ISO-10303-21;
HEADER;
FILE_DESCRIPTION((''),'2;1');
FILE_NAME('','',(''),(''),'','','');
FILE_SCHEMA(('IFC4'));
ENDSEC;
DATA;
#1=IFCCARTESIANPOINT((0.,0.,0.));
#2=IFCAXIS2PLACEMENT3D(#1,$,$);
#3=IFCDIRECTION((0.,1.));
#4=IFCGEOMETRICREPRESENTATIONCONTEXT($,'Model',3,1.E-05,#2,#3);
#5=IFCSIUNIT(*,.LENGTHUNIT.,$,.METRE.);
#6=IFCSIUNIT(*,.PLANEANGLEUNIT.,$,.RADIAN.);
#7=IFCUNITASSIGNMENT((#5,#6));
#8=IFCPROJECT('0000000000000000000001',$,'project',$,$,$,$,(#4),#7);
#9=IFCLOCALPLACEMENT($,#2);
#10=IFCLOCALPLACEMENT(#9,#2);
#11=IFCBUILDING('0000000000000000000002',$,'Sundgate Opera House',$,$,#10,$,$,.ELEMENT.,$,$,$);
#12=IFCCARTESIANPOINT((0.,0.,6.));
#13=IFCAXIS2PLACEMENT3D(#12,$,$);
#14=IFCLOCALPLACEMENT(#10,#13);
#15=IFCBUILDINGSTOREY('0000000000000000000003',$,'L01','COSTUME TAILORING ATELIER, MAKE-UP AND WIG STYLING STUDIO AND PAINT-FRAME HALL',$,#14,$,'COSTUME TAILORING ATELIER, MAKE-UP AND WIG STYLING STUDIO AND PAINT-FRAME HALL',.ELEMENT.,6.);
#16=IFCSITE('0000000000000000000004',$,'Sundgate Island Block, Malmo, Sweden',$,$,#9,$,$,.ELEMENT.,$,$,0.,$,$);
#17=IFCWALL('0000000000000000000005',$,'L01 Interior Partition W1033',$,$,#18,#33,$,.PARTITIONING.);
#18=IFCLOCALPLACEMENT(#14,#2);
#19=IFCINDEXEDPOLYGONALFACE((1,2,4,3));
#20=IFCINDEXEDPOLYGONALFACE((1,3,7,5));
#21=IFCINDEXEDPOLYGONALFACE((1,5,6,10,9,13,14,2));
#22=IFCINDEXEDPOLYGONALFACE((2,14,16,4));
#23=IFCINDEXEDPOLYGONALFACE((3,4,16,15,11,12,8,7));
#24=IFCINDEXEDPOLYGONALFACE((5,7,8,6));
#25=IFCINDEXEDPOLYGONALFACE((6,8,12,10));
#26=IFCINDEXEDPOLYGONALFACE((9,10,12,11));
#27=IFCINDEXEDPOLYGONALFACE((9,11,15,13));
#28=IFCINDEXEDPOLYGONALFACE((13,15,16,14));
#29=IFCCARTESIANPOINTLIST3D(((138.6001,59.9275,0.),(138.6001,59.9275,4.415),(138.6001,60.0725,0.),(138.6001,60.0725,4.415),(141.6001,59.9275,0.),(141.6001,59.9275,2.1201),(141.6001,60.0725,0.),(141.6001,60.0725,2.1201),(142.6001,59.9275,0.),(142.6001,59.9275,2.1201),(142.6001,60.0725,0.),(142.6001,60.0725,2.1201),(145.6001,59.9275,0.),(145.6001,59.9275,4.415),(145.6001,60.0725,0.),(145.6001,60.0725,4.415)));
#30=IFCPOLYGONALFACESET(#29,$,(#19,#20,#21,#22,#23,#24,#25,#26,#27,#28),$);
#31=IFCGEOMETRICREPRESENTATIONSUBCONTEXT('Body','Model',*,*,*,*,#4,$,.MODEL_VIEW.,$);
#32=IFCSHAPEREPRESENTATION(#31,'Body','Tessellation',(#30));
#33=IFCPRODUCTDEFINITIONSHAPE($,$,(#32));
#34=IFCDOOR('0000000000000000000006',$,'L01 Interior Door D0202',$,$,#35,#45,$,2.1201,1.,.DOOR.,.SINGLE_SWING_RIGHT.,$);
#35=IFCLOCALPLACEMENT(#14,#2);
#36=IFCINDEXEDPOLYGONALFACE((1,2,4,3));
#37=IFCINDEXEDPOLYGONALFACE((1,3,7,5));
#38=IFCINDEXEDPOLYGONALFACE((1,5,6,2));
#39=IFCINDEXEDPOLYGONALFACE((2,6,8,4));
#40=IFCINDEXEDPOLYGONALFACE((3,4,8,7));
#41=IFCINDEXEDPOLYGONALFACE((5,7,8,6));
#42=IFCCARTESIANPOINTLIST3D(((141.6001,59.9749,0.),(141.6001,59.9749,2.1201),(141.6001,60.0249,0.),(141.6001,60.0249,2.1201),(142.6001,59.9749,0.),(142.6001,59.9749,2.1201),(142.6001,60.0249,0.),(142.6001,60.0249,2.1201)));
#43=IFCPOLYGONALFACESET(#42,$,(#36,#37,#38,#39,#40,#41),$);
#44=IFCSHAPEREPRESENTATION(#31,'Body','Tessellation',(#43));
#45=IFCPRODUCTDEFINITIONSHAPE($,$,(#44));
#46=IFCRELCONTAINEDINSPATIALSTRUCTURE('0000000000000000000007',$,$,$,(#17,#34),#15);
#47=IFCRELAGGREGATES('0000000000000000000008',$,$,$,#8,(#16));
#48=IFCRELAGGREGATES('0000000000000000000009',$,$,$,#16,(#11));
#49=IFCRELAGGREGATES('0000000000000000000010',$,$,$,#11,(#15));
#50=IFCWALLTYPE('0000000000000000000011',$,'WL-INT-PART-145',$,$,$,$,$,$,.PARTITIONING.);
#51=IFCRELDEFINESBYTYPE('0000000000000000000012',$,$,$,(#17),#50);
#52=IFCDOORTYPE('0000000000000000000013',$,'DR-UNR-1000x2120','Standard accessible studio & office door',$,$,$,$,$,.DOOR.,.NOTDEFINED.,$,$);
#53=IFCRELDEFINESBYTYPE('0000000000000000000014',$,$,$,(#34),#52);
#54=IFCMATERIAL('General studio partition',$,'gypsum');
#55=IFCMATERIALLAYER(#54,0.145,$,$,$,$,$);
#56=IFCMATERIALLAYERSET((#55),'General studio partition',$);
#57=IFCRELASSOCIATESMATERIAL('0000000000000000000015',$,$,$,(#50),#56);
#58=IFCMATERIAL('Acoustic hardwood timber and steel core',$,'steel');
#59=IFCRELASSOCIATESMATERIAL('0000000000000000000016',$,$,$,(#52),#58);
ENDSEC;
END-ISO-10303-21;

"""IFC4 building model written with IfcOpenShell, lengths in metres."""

from ifc_helpers import new_model, si_unit, direction, frame, frame_2d, origin, place, context, subcontext, project, spatial, rectangle, extrude, material, layer, layer_set, type_object, element, fill, save


model = new_model("IFC4")

# Units and contexts
model_context = context("Model", 3, precision=1e-05, world=origin(), true_north=direction((0.0, 1.0)))
body_context = subcontext(model_context, "Body", "Model", "MODEL_VIEW")
ifc_project = project(units=[si_unit("LENGTHUNIT", "METRE"), si_unit("PLANEANGLEUNIT", "RADIAN")], contexts=[model_context])

# Site, building, storey
site_placement = place(None, origin())
site = spatial("IfcSite", under=ifc_project, at=site_placement, Name="Sundgate Island Block, Malmo, Sweden", CompositionType="ELEMENT", RefElevation=0.0)
building_placement = place(site_placement, origin())
building = spatial("IfcBuilding", under=site, at=building_placement, Name="Sundgate Opera House", CompositionType="ELEMENT")
storey_placement = place(building_placement, frame((0.0, 0.0, 6.0)))
storey = spatial("IfcBuildingStorey", under=building, at=storey_placement, Name="L01", Description="COSTUME TAILORING ATELIER, MAKE-UP AND WIG STYLING STUDIO AND PAINT-FRAME HALL", LongName="COSTUME TAILORING ATELIER, MAKE-UP AND WIG STYLING STUDIO AND PAINT-FRAME HALL", CompositionType="ELEMENT", Elevation=6.0)

# Wall, opening, door
ifc_material_1 = material(Name="General studio partition", Category="gypsum")
ifc_layer_1 = layer(ifc_material_1, 0.145)
ifc_layer_set_1 = layer_set([ifc_layer_1], Name="General studio partition")
wall_type = type_object("IfcWallType", Name="WL-INT-PART-145", PredefinedType="PARTITIONING", material=ifc_layer_set_1)
wall_placement = place(storey_placement, frame((138.6001, 60.0, 0.0), z_axis=(0.0, 0.0, 1.0), x_axis=(1.0, 0.0, 0.0)))
wall = element("IfcWall", 1, at=wall_placement, inside=storey, type_object=wall_type, Name="L01 Interior Partition W1033", PredefinedType="PARTITIONING", context=body_context, shape_type="SweptSolid", body=[
    extrude(rectangle(XDim=7.0, YDim=0.145, at=frame_2d((3.5, 0.0))), origin(), (0.0, 0.0, 1.0), 4.415),
])
opening_placement = place(wall_placement, frame((3.0, 0.0, 0.0)))
opening = element("IfcOpeningElement", 2, at=opening_placement, cuts=wall, PredefinedType="OPENING", context=body_context, shape_type="SweptSolid", body=[
    extrude(rectangle(XDim=1.0, YDim=2.1201, at=frame_2d((0.5, 1.0601))), frame((0.0, 0.0825, 0.0), z_axis=(0.0, -1.0, 0.0), x_axis=(1.0, 0.0, 0.0)), (0.0, 0.0, 1.0), 0.165),
])
ifc_material_2 = material(Name="Acoustic hardwood timber and steel core", Category="steel")
door_type = type_object("IfcDoorType", Name="DR-UNR-1000x2120", Description="Standard accessible studio & office door", OperationType="NOTDEFINED", PredefinedType="DOOR", material=ifc_material_2)
door_placement = place(opening_placement, origin())
door = element("IfcDoor", 3, at=door_placement, inside=storey, type_object=door_type, Name="L01 Interior Door D0202", OperationType="SINGLE_SWING_RIGHT", OverallHeight=2.1201, OverallWidth=1.0, PredefinedType="DOOR", context=body_context, shape_type="SweptSolid", body=[
    extrude(rectangle(XDim=1.0, YDim=2.1201, at=frame_2d((0.5, 1.0601))), frame((0.0, 0.0249, 0.0), z_axis=(0.0, -1.0, 0.0), x_axis=(1.0, 0.0, 0.0)), (0.0, 0.0, 1.0), 0.05),
])
fill(opening, door)

save(model, "model.ifc")
